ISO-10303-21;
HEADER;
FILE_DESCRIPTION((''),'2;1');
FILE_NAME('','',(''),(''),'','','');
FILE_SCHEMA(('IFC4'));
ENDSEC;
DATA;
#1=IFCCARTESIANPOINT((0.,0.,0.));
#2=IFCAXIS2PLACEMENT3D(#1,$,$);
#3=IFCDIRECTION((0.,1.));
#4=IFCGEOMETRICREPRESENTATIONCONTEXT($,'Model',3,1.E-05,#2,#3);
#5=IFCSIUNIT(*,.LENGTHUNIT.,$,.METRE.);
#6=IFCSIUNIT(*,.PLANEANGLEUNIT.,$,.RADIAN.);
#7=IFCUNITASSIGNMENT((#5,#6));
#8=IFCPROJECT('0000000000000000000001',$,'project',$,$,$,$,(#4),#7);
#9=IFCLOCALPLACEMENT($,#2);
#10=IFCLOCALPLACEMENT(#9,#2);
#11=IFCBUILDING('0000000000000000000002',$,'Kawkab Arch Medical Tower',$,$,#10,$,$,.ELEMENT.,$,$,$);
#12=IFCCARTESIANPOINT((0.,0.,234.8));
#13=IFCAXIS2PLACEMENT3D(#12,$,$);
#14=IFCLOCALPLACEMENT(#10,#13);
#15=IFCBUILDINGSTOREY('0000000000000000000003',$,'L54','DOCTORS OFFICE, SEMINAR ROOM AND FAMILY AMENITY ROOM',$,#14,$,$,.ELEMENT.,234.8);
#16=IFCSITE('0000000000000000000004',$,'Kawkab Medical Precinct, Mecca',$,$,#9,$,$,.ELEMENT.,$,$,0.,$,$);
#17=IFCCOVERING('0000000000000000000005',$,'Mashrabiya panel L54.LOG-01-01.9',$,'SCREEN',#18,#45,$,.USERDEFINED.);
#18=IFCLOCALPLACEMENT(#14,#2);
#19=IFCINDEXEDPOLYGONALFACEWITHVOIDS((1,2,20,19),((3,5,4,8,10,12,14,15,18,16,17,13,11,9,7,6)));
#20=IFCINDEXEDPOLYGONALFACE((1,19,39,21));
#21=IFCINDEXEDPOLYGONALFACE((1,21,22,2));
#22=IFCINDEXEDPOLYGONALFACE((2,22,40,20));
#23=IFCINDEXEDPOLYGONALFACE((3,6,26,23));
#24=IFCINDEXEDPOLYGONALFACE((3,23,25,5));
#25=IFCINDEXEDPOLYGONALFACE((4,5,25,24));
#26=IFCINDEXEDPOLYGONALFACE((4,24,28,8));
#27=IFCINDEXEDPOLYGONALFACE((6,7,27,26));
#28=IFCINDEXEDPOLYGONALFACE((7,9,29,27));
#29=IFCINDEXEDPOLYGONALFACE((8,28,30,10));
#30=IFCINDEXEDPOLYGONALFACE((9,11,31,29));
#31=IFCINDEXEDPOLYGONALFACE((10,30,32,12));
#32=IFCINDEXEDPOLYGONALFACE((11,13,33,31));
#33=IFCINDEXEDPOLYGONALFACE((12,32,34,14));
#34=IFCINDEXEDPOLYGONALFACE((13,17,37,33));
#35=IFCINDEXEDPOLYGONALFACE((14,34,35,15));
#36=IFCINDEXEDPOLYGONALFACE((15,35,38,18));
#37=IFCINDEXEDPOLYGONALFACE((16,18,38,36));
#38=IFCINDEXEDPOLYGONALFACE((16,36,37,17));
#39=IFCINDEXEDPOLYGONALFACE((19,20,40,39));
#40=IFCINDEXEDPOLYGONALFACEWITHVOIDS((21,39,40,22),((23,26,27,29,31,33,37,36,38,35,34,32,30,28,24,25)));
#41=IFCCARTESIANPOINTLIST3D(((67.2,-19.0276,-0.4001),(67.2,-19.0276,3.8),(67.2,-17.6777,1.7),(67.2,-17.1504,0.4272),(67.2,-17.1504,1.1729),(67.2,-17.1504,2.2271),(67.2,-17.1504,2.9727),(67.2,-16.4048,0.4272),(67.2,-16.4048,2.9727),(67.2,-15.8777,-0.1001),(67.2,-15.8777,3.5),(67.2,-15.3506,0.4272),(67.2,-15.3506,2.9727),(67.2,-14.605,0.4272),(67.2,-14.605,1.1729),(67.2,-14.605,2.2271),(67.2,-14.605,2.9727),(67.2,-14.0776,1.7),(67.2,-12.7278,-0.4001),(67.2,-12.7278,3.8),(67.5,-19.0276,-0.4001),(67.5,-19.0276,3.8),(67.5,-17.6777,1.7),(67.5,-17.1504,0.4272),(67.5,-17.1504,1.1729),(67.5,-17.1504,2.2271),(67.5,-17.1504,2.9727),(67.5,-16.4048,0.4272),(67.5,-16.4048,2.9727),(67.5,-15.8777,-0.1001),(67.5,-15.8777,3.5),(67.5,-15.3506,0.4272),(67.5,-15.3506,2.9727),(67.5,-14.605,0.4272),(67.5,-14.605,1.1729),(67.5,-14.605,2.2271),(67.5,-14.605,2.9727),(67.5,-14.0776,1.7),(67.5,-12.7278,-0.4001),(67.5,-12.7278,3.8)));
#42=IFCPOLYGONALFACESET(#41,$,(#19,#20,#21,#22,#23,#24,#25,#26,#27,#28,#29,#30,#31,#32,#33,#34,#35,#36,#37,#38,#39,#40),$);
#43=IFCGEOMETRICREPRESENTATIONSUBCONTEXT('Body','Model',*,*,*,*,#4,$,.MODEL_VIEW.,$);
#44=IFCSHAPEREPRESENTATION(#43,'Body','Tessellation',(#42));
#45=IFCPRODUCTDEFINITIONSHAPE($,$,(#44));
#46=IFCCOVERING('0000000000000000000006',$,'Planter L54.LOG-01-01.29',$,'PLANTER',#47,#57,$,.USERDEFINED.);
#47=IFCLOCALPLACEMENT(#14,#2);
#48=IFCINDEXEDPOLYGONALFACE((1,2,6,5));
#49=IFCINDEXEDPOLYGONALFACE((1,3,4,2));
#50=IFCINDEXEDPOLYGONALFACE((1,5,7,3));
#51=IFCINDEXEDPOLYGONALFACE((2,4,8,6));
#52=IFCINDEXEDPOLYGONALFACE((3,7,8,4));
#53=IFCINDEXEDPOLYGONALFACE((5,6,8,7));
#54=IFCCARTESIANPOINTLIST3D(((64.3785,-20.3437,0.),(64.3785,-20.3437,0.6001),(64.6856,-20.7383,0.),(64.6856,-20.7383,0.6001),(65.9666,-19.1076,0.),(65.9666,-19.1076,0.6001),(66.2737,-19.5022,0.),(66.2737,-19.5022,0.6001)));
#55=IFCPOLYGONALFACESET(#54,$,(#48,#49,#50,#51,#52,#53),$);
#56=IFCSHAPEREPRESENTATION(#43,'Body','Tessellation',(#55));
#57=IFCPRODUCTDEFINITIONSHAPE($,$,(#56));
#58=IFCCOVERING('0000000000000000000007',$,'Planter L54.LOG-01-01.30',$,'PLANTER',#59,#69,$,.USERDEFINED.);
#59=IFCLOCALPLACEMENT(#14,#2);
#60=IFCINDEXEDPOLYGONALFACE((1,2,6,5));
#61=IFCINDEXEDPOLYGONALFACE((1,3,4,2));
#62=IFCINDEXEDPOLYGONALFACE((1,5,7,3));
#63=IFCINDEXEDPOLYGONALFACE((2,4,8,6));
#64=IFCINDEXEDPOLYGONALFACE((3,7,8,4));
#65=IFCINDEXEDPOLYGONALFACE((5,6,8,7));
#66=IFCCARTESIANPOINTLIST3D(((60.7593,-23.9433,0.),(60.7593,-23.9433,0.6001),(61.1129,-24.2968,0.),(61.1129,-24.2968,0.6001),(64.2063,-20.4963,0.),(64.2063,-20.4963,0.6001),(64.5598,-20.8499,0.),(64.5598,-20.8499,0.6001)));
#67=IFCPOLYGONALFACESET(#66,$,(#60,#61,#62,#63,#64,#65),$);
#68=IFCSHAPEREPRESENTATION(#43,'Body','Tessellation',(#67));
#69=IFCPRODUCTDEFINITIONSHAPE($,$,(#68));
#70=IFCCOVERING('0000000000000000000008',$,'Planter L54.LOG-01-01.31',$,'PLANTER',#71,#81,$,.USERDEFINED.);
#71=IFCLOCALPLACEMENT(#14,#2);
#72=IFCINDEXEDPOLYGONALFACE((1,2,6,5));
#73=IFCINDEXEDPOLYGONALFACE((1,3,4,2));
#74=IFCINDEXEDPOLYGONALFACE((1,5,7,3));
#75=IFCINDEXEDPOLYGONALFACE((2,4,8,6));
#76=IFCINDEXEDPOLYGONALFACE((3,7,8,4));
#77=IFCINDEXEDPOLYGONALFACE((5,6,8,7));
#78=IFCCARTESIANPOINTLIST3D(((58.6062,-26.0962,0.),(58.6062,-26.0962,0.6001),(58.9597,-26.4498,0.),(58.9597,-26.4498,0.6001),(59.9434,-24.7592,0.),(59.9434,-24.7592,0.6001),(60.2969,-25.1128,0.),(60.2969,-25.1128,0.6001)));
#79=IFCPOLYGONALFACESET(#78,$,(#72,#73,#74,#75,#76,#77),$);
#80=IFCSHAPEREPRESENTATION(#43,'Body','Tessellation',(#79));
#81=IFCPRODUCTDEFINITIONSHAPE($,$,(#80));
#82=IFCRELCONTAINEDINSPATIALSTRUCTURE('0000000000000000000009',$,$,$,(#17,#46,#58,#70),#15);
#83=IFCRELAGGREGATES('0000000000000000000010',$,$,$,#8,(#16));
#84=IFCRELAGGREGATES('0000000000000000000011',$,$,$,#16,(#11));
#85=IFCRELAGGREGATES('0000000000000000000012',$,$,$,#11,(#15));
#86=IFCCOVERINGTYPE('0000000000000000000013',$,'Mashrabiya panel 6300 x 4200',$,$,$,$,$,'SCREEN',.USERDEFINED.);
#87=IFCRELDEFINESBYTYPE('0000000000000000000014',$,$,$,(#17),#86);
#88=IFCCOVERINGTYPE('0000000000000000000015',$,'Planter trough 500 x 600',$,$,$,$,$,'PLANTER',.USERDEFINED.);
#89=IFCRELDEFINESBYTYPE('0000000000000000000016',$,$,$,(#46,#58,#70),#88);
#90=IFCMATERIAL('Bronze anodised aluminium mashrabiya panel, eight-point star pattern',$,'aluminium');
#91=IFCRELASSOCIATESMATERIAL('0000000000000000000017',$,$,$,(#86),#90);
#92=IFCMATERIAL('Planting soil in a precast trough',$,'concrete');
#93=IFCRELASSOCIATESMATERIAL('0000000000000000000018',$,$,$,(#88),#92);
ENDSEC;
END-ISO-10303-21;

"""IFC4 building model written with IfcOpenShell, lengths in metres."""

from ifc_helpers import new_model, si_unit, direction, frame, origin, origin_2d, place, context, subcontext, project, spatial, polyline, rectangle, outline, extrude, material, material_profile, profile_set, type_object, element, save


model = new_model("IFC4")

# Units and contexts
model_context = context("Model", 3, precision=1e-05, world=origin(), true_north=direction((0.0, 1.0)))
body_context = subcontext(model_context, "Body", "Model", "MODEL_VIEW")
ifc_project = project(units=[si_unit("LENGTHUNIT", "METRE"), si_unit("PLANEANGLEUNIT", "RADIAN")], contexts=[model_context])

# Site, building, storey
site_placement = place(None, origin())
site = spatial("IfcSite", under=ifc_project, at=site_placement, Name="Kawkab Medical Precinct, Mecca", CompositionType="ELEMENT", RefElevation=0.0)
building_placement = place(site_placement, origin())
building = spatial("IfcBuilding", under=site, at=building_placement, Name="Kawkab Arch Medical Tower", CompositionType="ELEMENT")
storey_placement = place(building_placement, frame((0.0, 0.0, 234.8)))
storey = spatial("IfcBuildingStorey", under=building, at=storey_placement, Name="L54", Description="DOCTORS OFFICE, SEMINAR ROOM AND FAMILY AMENITY ROOM", CompositionType="ELEMENT", Elevation=234.8)

# Coverings
ifc_material_1 = material(Name="Bronze anodised aluminium mashrabiya panel, eight-point star pattern", Category="aluminium")
ifc_material_profile_1 = material_profile(ifc_material_1, outline(polyline([(-3.1499, -2.1001), (3.1499, -2.1001), (3.1499, 2.1001), (-3.1499, 2.1001), (-3.1499, -2.1001)]), holes=[polyline([(1.8, 0.0), (1.2727, 0.5271), (1.2727, 1.2727), (0.5271, 1.2727), (0.0, 1.8), (-0.5271, 1.2727), (-1.2727, 1.2727), (-1.2727, 0.5271), (-1.8, 0.0), (-1.2727, -0.5271), (-1.2727, -1.2727), (-0.5271, -1.2727), (0.0, -1.8), (0.5271, -1.2727), (1.2727, -1.2727), (1.2727, -0.5271), (1.8, 0.0)])]), Name="Mashrabiya panel 6300x4200")
ifc_profile_set_1 = profile_set([ifc_material_profile_1], Name="Bronze anodised aluminium mashrabiya panel, eight-point star pattern")
covering_type_1 = type_object("IfcCoveringType", Name="Mashrabiya panel 6300 x 4200", ElementType="SCREEN", PredefinedType="USERDEFINED", material=ifc_profile_set_1)
covering_1_placement = place(storey_placement, frame((67.2, -15.8777, 1.7), z_axis=(1.0, 0.0, 0.0), x_axis=(0.0, 1.0, 0.0)))
element("IfcCovering", 1, at=covering_1_placement, inside=storey, type_object=covering_type_1, Name="Mashrabiya panel L54.LOG-01-01.9", ObjectType="SCREEN", PredefinedType="USERDEFINED", context=body_context, shape_type="SweptSolid", body=[
    extrude(outline(polyline([(-3.1499, -2.1001), (3.1499, -2.1001), (3.1499, 2.1001), (-3.1499, 2.1001), (-3.1499, -2.1001)]), holes=[polyline([(1.8, 0.0), (1.2727, 0.5271), (1.2727, 1.2727), (0.5271, 1.2727), (0.0, 1.8), (-0.5271, 1.2727), (-1.2727, 1.2727), (-1.2727, 0.5271), (-1.8, 0.0), (-1.2727, -0.5271), (-1.2727, -1.2727), (-0.5271, -1.2727), (0.0, -1.8), (0.5271, -1.2727), (1.2727, -1.2727), (1.2727, -0.5271), (1.8, 0.0)])]), origin(), (0.0, 0.0, 1.0), 0.3),
])
ifc_material_2 = material(Name="Planting soil in a precast trough", Category="concrete")
ifc_material_profile_2 = material_profile(ifc_material_2, rectangle(XDim=0.5, YDim=0.6001, at=origin_2d()), Name="Trough 500x600")
ifc_profile_set_2 = profile_set([ifc_material_profile_2], Name="Planting soil in a precast trough")
covering_type_2 = type_object("IfcCoveringType", Name="Planter trough 500 x 600", ElementType="PLANTER", PredefinedType="USERDEFINED", material=ifc_profile_set_2)
covering_2_placement = place(storey_placement, frame((66.1201, -19.3049, 0.3), z_axis=(-0.789143, -0.614209, 0.0), x_axis=(0.614209, -0.789143, 0.0)))
element("IfcCovering", 2, at=covering_2_placement, inside=storey, type_object=covering_type_2, Name="Planter L54.LOG-01-01.29", ObjectType="PLANTER", PredefinedType="USERDEFINED", context=body_context, shape_type="SweptSolid", body=[
    extrude(rectangle(XDim=0.5, YDim=0.6001, at=origin_2d()), origin(), (0.0, 0.0, 1.0), 2.0125),
])
covering_3_placement = place(storey_placement, frame((64.3831, -20.6731, 0.3), z_axis=(-0.707107, -0.707107, 0.0), x_axis=(0.707107, -0.707107, 0.0)))
element("IfcCovering", 3, at=covering_3_placement, inside=storey, type_object=covering_type_2, Name="Planter L54.LOG-01-01.30", ObjectType="PLANTER", PredefinedType="USERDEFINED", context=body_context, shape_type="SweptSolid", body=[
    extrude(rectangle(XDim=0.5, YDim=0.6001, at=origin_2d()), origin(), (0.0, 0.0, 1.0), 4.8748),
])
covering_4_placement = place(storey_placement, frame((60.1201, -24.936, 0.3), z_axis=(-0.707171, -0.707042, 0.0), x_axis=(0.707042, -0.707171, 0.0)))
element("IfcCovering", 4, at=covering_4_placement, inside=storey, type_object=covering_type_2, Name="Planter L54.LOG-01-01.31", ObjectType="PLANTER", PredefinedType="USERDEFINED", context=body_context, shape_type="SweptSolid", body=[
    extrude(rectangle(XDim=0.5, YDim=0.6001, at=origin_2d()), origin(), (0.0, 0.0, 1.0), 1.8909),
])

save(model, "model.ifc")
